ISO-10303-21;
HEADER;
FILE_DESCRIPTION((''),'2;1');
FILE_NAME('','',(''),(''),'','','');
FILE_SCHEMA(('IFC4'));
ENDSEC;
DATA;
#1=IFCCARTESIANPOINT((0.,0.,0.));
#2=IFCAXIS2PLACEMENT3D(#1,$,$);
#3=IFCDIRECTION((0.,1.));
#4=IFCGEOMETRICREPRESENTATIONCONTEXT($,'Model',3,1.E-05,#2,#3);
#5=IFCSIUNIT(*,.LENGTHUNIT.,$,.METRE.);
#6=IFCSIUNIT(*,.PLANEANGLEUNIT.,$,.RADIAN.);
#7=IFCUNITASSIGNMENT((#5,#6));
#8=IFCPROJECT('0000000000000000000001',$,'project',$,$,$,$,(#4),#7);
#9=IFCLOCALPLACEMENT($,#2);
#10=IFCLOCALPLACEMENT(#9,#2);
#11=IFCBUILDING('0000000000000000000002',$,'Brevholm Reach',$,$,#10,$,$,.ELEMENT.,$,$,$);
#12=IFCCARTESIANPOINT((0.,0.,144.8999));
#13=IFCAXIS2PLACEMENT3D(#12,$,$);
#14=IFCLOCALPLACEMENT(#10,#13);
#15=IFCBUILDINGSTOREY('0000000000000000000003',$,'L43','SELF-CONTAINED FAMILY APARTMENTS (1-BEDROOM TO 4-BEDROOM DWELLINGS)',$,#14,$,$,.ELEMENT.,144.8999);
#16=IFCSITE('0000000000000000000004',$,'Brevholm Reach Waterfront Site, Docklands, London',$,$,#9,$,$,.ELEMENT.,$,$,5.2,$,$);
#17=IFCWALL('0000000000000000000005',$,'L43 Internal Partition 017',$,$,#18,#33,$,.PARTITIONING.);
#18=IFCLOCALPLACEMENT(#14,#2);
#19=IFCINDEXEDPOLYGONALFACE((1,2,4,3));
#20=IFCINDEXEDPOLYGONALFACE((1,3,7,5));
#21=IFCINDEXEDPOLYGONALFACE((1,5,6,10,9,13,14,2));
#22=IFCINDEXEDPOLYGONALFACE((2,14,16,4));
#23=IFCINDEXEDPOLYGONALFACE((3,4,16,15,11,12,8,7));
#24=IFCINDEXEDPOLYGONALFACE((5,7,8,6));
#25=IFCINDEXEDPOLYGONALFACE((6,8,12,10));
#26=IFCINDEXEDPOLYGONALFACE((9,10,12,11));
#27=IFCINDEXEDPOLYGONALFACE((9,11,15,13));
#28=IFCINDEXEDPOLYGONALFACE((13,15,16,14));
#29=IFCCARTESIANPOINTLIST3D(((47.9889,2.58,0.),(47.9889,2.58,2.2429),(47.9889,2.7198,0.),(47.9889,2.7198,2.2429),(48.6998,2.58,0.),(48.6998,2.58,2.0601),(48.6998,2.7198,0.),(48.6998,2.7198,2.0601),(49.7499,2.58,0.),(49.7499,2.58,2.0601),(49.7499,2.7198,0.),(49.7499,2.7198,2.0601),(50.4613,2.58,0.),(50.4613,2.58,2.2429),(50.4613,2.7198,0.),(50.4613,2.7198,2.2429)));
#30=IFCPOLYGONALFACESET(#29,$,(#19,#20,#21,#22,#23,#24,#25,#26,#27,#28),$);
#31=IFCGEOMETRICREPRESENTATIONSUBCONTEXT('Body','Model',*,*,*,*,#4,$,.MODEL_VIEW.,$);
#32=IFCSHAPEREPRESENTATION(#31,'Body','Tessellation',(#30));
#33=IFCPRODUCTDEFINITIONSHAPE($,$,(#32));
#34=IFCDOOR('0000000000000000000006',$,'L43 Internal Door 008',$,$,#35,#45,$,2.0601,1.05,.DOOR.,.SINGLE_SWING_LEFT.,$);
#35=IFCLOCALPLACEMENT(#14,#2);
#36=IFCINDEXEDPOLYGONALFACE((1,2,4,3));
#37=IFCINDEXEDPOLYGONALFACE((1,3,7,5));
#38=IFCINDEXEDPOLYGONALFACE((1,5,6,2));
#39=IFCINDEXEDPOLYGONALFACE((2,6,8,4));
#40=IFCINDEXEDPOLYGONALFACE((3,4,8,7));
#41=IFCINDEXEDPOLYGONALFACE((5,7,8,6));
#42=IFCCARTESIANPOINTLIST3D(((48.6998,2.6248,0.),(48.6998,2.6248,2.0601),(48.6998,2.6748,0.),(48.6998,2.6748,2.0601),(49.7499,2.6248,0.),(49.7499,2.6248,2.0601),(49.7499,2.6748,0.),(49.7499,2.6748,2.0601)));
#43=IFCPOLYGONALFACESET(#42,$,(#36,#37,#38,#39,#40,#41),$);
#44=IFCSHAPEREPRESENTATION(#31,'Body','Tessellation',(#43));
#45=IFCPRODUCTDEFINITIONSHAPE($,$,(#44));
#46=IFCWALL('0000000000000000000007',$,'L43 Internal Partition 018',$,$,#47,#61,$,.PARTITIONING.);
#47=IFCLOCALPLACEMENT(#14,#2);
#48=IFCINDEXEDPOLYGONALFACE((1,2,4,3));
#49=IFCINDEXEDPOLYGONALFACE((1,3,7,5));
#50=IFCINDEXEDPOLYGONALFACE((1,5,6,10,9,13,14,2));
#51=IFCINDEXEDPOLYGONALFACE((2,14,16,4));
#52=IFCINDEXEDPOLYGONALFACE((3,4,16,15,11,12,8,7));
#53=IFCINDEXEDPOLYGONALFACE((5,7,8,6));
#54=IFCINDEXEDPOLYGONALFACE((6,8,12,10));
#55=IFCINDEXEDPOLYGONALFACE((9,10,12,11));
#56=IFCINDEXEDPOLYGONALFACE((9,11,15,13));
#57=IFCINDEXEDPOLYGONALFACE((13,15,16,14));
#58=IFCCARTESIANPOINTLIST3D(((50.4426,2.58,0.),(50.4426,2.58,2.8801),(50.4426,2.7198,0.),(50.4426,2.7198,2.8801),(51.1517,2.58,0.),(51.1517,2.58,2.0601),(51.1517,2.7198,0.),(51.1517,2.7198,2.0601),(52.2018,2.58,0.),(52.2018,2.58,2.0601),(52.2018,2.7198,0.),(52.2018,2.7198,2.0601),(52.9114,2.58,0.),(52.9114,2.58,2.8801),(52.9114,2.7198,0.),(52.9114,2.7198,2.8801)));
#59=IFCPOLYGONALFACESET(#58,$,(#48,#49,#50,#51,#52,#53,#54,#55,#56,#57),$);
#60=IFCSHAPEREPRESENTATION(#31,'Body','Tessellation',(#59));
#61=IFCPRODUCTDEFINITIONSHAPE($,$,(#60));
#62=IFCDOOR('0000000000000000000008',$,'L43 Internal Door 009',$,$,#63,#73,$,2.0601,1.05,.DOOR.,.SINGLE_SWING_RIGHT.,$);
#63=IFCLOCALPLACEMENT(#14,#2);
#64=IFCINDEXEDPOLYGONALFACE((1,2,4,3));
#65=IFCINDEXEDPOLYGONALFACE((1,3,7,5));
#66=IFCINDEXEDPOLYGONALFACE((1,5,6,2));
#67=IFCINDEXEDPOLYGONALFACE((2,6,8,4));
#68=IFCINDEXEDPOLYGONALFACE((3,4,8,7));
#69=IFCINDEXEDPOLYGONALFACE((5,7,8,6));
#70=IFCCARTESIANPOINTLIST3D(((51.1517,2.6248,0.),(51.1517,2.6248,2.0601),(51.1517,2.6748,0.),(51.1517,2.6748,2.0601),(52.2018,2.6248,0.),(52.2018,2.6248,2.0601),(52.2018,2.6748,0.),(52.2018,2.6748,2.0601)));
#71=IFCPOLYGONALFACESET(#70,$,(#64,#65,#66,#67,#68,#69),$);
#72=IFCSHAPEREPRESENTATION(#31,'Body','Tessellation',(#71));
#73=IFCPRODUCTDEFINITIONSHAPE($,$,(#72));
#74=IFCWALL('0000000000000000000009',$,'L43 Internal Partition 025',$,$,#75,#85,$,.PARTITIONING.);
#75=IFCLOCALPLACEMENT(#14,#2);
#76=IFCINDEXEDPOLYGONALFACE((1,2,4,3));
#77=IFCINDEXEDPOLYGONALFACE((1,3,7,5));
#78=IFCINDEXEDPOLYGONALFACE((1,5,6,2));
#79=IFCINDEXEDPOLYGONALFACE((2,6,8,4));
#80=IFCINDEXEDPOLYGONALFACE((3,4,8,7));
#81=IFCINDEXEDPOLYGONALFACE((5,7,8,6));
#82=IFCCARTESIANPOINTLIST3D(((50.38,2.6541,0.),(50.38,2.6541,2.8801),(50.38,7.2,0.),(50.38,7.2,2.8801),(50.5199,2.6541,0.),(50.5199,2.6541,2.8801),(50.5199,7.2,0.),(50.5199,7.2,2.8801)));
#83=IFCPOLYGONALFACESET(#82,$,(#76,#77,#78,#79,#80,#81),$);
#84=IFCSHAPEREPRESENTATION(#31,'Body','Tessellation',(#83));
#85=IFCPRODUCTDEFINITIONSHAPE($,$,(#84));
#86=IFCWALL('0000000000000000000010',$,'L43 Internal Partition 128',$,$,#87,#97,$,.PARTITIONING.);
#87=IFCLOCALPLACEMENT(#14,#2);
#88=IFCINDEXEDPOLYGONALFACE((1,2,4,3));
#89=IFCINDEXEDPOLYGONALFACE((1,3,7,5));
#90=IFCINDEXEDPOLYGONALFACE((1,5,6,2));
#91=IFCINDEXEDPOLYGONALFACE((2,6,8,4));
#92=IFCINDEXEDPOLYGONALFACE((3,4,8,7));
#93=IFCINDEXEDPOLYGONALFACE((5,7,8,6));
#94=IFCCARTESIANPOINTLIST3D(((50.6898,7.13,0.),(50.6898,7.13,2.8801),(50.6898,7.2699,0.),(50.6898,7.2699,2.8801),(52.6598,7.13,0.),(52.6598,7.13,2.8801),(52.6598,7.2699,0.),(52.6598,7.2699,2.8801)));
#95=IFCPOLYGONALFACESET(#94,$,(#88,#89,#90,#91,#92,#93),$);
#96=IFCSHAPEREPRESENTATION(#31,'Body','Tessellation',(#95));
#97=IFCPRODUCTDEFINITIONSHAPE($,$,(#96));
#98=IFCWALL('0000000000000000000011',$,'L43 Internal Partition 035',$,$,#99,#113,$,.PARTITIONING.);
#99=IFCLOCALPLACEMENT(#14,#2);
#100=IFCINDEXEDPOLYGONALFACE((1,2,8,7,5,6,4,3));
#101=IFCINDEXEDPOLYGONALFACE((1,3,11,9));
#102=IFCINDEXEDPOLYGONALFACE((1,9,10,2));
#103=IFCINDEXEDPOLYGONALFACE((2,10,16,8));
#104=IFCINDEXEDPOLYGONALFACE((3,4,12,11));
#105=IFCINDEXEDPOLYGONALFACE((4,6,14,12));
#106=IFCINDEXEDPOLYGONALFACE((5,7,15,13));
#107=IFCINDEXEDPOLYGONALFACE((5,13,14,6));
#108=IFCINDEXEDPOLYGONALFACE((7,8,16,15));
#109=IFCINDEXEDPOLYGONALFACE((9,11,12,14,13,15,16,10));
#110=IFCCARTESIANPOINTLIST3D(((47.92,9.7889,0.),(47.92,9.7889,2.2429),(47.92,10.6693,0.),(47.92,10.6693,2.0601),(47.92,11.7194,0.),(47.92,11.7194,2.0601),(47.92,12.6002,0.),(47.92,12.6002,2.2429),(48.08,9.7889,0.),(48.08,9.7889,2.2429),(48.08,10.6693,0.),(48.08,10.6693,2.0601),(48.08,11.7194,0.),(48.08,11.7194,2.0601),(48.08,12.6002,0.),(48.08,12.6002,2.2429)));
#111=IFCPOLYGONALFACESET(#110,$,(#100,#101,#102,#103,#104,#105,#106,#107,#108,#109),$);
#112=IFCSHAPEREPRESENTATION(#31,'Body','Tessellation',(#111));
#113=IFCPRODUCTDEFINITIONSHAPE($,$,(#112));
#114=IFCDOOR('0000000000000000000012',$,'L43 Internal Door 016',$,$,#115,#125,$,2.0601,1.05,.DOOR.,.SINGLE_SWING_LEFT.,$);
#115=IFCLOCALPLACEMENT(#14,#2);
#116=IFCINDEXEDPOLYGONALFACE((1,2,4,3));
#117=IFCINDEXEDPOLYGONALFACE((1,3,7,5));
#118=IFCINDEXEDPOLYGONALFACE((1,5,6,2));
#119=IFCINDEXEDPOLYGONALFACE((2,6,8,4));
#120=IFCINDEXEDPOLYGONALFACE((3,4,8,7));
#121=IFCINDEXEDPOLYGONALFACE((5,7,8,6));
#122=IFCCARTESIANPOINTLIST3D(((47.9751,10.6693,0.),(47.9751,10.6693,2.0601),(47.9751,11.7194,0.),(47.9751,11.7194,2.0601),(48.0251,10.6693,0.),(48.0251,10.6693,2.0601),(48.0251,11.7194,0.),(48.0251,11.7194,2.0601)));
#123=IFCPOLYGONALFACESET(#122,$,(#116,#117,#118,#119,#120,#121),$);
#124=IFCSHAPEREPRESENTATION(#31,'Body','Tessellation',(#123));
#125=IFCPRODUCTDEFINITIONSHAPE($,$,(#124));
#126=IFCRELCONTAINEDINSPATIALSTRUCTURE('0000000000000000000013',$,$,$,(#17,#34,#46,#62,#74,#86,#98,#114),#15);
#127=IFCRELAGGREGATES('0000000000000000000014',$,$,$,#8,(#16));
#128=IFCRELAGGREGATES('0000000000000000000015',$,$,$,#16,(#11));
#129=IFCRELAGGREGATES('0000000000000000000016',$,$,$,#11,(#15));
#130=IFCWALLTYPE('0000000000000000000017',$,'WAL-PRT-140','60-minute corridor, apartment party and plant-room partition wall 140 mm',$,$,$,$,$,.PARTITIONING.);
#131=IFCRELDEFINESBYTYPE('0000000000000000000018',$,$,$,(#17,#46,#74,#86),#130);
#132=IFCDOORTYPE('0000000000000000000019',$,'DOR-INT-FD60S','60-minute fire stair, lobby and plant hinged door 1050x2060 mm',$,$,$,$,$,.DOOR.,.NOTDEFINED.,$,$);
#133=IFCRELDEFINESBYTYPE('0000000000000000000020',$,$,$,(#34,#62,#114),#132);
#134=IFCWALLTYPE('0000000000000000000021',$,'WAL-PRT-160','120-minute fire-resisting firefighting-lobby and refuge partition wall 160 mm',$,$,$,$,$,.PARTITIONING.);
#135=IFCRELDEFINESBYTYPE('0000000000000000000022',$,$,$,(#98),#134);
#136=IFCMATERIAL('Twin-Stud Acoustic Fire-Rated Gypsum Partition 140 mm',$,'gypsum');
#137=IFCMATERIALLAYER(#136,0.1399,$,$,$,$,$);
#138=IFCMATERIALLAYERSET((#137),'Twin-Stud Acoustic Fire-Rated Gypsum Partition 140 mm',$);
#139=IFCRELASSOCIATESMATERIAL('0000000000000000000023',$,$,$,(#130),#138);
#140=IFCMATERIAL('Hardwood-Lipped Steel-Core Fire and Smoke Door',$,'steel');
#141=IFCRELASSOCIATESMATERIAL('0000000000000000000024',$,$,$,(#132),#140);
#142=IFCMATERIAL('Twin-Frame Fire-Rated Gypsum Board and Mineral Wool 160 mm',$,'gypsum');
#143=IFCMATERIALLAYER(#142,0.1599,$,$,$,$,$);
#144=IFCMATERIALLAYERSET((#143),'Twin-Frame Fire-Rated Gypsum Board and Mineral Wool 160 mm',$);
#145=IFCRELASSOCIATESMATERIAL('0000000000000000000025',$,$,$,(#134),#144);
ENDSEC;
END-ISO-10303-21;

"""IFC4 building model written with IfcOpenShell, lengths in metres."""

from ifc_helpers import new_model, si_unit, direction, frame, frame_2d, origin, place, context, subcontext, project, spatial, rectangle, extrude, material, layer, layer_set, type_object, element, fill, save


model = new_model("IFC4")

# Units and contexts
model_context = context("Model", 3, precision=1e-05, world=origin(), true_north=direction((0.0, 1.0)))
body_context = subcontext(model_context, "Body", "Model", "MODEL_VIEW")
ifc_project = project(units=[si_unit("LENGTHUNIT", "METRE"), si_unit("PLANEANGLEUNIT", "RADIAN")], contexts=[model_context])

# Site, building, storey
site_placement = place(None, origin())
site = spatial("IfcSite", under=ifc_project, at=site_placement, Name="Brevholm Reach Waterfront Site, Docklands, London", CompositionType="ELEMENT", RefElevation=5.2)
building_placement = place(site_placement, origin())
building = spatial("IfcBuilding", under=site, at=building_placement, Name="Brevholm Reach", CompositionType="ELEMENT")
storey_placement = place(building_placement, frame((0.0, 0.0, 144.8999)))
storey = spatial("IfcBuildingStorey", under=building, at=storey_placement, Name="L43", Description="SELF-CONTAINED FAMILY APARTMENTS (1-BEDROOM TO 4-BEDROOM DWELLINGS)", CompositionType="ELEMENT", Elevation=144.8999)

# Walls, openings, doors
ifc_material_1 = material(Name="Twin-Stud Acoustic Fire-Rated Gypsum Partition 140 mm", Category="gypsum")
ifc_layer_1 = layer(ifc_material_1, 0.1399)
ifc_layer_set_1 = layer_set([ifc_layer_1], Name="Twin-Stud Acoustic Fire-Rated Gypsum Partition 140 mm")
wall_type_1 = type_object("IfcWallType", Name="WAL-PRT-140", Description="60-minute corridor, apartment party and plant-room partition wall 140 mm", PredefinedType="PARTITIONING", material=ifc_layer_set_1)
wall_1_placement = place(storey_placement, frame((47.9888, 2.6499, 0.0), z_axis=(0.0, 0.0, 1.0), x_axis=(1.0, 0.0, 0.0)))
wall_1 = element("IfcWall", 1, at=wall_1_placement, inside=storey, type_object=wall_type_1, Name="L43 Internal Partition 017", PredefinedType="PARTITIONING", context=body_context, shape_type="SweptSolid", body=[
    extrude(rectangle(XDim=2.4724, YDim=0.1399, at=frame_2d((1.2363, 0.0))), origin(), (0.0, 0.0, 1.0), 2.2429),
])
opening_1_placement = place(wall_1_placement, frame((0.7112, 0.0, 0.0)))
opening_1 = element("IfcOpeningElement", 2, at=opening_1_placement, cuts=wall_1, PredefinedType="OPENING", context=body_context, shape_type="SweptSolid", body=[
    extrude(rectangle(XDim=1.05, YDim=2.0601, at=frame_2d((0.5249, 1.03))), frame((0.0, 0.0798, 0.0), z_axis=(0.0, -1.0, 0.0), x_axis=(1.0, 0.0, 0.0)), (0.0, 0.0, 1.0), 0.1599),
])
ifc_material_2 = material(Name="Hardwood-Lipped Steel-Core Fire and Smoke Door", Category="steel")
door_type_1 = type_object("IfcDoorType", Name="DOR-INT-FD60S", Description="60-minute fire stair, lobby and plant hinged door 1050x2060 mm", OperationType="NOTDEFINED", PredefinedType="DOOR", material=ifc_material_2)
door_1_placement = place(opening_1_placement, origin())
door_1 = element("IfcDoor", 3, at=door_1_placement, inside=storey, type_object=door_type_1, Name="L43 Internal Door 008", OperationType="SINGLE_SWING_LEFT", OverallHeight=2.0601, OverallWidth=1.05, PredefinedType="DOOR", context=body_context, shape_type="SweptSolid", body=[
    extrude(rectangle(XDim=1.05, YDim=2.0601, at=frame_2d((0.5249, 1.03))), frame((0.0, 0.0249, 0.0), z_axis=(0.0, -1.0, 0.0), x_axis=(1.0, 0.0, 0.0)), (0.0, 0.0, 1.0), 0.05),
])
fill(opening_1, door_1)
wall_2_placement = place(storey_placement, frame((50.4426, 2.6499, 0.0), z_axis=(0.0, 0.0, 1.0), x_axis=(1.0, 0.0, 0.0)))
wall_2 = element("IfcWall", 4, at=wall_2_placement, inside=storey, type_object=wall_type_1, Name="L43 Internal Partition 018", PredefinedType="PARTITIONING", context=body_context, shape_type="SweptSolid", body=[
    extrude(rectangle(XDim=2.4688, YDim=0.1399, at=frame_2d((1.2344, 0.0))), origin(), (0.0, 0.0, 1.0), 2.8801),
])
opening_2_placement = place(wall_2_placement, frame((0.7092, 0.0, 0.0)))
opening_2 = element("IfcOpeningElement", 5, at=opening_2_placement, cuts=wall_2, PredefinedType="OPENING", context=body_context, shape_type="SweptSolid", body=[
    extrude(rectangle(XDim=1.05, YDim=2.0601, at=frame_2d((0.5249, 1.03))), frame((0.0, 0.0798, 0.0), z_axis=(0.0, -1.0, 0.0), x_axis=(1.0, 0.0, 0.0)), (0.0, 0.0, 1.0), 0.1599),
])
door_2_placement = place(opening_2_placement, origin())
door_2 = element("IfcDoor", 6, at=door_2_placement, inside=storey, type_object=door_type_1, Name="L43 Internal Door 009", OperationType="SINGLE_SWING_RIGHT", OverallHeight=2.0601, OverallWidth=1.05, PredefinedType="DOOR", context=body_context, shape_type="SweptSolid", body=[
    extrude(rectangle(XDim=1.05, YDim=2.0601, at=frame_2d((0.5249, 1.03))), frame((0.0, 0.0249, 0.0), z_axis=(0.0, -1.0, 0.0), x_axis=(1.0, 0.0, 0.0)), (0.0, 0.0, 1.0), 0.05),
])
fill(opening_2, door_2)

# Walls
wall_3_placement = place(storey_placement, frame((50.45, 2.6541, 0.0), z_axis=(0.0, 0.0, 1.0), x_axis=(0.0, 1.0, 0.0)))
element("IfcWall", 7, at=wall_3_placement, inside=storey, type_object=wall_type_1, Name="L43 Internal Partition 025", PredefinedType="PARTITIONING", context=body_context, shape_type="SweptSolid", body=[
    extrude(rectangle(XDim=4.5459, YDim=0.1399, at=frame_2d((2.2729, 0.0))), origin(), (0.0, 0.0, 1.0), 2.8801),
])
wall_4_placement = place(storey_placement, frame((50.6899, 7.2, 0.0), z_axis=(0.0, 0.0, 1.0), x_axis=(1.0, 0.0, 0.0)))
element("IfcWall", 8, at=wall_4_placement, inside=storey, type_object=wall_type_1, Name="L43 Internal Partition 128", PredefinedType="PARTITIONING", context=body_context, shape_type="SweptSolid", body=[
    extrude(rectangle(XDim=1.97, YDim=0.1399, at=frame_2d((0.9849, 0.0))), origin(), (0.0, 0.0, 1.0), 2.8801),
])

# Wall, opening, door
ifc_material_3 = material(Name="Twin-Frame Fire-Rated Gypsum Board and Mineral Wool 160 mm", Category="gypsum")
ifc_layer_2 = layer(ifc_material_3, 0.1599)
ifc_layer_set_2 = layer_set([ifc_layer_2], Name="Twin-Frame Fire-Rated Gypsum Board and Mineral Wool 160 mm")
wall_type_2 = type_object("IfcWallType", Name="WAL-PRT-160", Description="120-minute fire-resisting firefighting-lobby and refuge partition wall 160 mm", PredefinedType="PARTITIONING", material=ifc_layer_set_2)
wall_5_placement = place(storey_placement, frame((48.0, 9.7888, 0.0), z_axis=(0.0, 0.0, 1.0), x_axis=(0.0, 1.0, 0.0)))
wall_5 = element("IfcWall", 9, at=wall_5_placement, inside=storey, type_object=wall_type_2, Name="L43 Internal Partition 035", PredefinedType="PARTITIONING", context=body_context, shape_type="SweptSolid", body=[
    extrude(rectangle(XDim=2.8113, YDim=0.1599, at=frame_2d((1.4058, 0.0))), origin(), (0.0, 0.0, 1.0), 2.2429),
])
opening_3_placement = place(wall_5_placement, frame((0.8806, 0.0, 0.0)))
opening_3 = element("IfcOpeningElement", 10, at=opening_3_placement, cuts=wall_5, PredefinedType="OPENING", context=body_context, shape_type="SweptSolid", body=[
    extrude(rectangle(XDim=1.05, YDim=2.0601, at=frame_2d((0.5249, 1.03))), frame((0.0, 0.0898, 0.0), z_axis=(0.0, -1.0, 0.0), x_axis=(1.0, 0.0, 0.0)), (0.0, 0.0, 1.0), 0.1799),
])
door_3_placement = place(opening_3_placement, origin())
door_3 = element("IfcDoor", 11, at=door_3_placement, inside=storey, type_object=door_type_1, Name="L43 Internal Door 016", OperationType="SINGLE_SWING_LEFT", OverallHeight=2.0601, OverallWidth=1.05, PredefinedType="DOOR", context=body_context, shape_type="SweptSolid", body=[
    extrude(rectangle(XDim=1.05, YDim=2.0601, at=frame_2d((0.5249, 1.03))), frame((0.0, 0.0249, 0.0), z_axis=(0.0, -1.0, 0.0), x_axis=(1.0, 0.0, 0.0)), (0.0, 0.0, 1.0), 0.05),
])
fill(opening_3, door_3)

save(model, "model.ifc")
